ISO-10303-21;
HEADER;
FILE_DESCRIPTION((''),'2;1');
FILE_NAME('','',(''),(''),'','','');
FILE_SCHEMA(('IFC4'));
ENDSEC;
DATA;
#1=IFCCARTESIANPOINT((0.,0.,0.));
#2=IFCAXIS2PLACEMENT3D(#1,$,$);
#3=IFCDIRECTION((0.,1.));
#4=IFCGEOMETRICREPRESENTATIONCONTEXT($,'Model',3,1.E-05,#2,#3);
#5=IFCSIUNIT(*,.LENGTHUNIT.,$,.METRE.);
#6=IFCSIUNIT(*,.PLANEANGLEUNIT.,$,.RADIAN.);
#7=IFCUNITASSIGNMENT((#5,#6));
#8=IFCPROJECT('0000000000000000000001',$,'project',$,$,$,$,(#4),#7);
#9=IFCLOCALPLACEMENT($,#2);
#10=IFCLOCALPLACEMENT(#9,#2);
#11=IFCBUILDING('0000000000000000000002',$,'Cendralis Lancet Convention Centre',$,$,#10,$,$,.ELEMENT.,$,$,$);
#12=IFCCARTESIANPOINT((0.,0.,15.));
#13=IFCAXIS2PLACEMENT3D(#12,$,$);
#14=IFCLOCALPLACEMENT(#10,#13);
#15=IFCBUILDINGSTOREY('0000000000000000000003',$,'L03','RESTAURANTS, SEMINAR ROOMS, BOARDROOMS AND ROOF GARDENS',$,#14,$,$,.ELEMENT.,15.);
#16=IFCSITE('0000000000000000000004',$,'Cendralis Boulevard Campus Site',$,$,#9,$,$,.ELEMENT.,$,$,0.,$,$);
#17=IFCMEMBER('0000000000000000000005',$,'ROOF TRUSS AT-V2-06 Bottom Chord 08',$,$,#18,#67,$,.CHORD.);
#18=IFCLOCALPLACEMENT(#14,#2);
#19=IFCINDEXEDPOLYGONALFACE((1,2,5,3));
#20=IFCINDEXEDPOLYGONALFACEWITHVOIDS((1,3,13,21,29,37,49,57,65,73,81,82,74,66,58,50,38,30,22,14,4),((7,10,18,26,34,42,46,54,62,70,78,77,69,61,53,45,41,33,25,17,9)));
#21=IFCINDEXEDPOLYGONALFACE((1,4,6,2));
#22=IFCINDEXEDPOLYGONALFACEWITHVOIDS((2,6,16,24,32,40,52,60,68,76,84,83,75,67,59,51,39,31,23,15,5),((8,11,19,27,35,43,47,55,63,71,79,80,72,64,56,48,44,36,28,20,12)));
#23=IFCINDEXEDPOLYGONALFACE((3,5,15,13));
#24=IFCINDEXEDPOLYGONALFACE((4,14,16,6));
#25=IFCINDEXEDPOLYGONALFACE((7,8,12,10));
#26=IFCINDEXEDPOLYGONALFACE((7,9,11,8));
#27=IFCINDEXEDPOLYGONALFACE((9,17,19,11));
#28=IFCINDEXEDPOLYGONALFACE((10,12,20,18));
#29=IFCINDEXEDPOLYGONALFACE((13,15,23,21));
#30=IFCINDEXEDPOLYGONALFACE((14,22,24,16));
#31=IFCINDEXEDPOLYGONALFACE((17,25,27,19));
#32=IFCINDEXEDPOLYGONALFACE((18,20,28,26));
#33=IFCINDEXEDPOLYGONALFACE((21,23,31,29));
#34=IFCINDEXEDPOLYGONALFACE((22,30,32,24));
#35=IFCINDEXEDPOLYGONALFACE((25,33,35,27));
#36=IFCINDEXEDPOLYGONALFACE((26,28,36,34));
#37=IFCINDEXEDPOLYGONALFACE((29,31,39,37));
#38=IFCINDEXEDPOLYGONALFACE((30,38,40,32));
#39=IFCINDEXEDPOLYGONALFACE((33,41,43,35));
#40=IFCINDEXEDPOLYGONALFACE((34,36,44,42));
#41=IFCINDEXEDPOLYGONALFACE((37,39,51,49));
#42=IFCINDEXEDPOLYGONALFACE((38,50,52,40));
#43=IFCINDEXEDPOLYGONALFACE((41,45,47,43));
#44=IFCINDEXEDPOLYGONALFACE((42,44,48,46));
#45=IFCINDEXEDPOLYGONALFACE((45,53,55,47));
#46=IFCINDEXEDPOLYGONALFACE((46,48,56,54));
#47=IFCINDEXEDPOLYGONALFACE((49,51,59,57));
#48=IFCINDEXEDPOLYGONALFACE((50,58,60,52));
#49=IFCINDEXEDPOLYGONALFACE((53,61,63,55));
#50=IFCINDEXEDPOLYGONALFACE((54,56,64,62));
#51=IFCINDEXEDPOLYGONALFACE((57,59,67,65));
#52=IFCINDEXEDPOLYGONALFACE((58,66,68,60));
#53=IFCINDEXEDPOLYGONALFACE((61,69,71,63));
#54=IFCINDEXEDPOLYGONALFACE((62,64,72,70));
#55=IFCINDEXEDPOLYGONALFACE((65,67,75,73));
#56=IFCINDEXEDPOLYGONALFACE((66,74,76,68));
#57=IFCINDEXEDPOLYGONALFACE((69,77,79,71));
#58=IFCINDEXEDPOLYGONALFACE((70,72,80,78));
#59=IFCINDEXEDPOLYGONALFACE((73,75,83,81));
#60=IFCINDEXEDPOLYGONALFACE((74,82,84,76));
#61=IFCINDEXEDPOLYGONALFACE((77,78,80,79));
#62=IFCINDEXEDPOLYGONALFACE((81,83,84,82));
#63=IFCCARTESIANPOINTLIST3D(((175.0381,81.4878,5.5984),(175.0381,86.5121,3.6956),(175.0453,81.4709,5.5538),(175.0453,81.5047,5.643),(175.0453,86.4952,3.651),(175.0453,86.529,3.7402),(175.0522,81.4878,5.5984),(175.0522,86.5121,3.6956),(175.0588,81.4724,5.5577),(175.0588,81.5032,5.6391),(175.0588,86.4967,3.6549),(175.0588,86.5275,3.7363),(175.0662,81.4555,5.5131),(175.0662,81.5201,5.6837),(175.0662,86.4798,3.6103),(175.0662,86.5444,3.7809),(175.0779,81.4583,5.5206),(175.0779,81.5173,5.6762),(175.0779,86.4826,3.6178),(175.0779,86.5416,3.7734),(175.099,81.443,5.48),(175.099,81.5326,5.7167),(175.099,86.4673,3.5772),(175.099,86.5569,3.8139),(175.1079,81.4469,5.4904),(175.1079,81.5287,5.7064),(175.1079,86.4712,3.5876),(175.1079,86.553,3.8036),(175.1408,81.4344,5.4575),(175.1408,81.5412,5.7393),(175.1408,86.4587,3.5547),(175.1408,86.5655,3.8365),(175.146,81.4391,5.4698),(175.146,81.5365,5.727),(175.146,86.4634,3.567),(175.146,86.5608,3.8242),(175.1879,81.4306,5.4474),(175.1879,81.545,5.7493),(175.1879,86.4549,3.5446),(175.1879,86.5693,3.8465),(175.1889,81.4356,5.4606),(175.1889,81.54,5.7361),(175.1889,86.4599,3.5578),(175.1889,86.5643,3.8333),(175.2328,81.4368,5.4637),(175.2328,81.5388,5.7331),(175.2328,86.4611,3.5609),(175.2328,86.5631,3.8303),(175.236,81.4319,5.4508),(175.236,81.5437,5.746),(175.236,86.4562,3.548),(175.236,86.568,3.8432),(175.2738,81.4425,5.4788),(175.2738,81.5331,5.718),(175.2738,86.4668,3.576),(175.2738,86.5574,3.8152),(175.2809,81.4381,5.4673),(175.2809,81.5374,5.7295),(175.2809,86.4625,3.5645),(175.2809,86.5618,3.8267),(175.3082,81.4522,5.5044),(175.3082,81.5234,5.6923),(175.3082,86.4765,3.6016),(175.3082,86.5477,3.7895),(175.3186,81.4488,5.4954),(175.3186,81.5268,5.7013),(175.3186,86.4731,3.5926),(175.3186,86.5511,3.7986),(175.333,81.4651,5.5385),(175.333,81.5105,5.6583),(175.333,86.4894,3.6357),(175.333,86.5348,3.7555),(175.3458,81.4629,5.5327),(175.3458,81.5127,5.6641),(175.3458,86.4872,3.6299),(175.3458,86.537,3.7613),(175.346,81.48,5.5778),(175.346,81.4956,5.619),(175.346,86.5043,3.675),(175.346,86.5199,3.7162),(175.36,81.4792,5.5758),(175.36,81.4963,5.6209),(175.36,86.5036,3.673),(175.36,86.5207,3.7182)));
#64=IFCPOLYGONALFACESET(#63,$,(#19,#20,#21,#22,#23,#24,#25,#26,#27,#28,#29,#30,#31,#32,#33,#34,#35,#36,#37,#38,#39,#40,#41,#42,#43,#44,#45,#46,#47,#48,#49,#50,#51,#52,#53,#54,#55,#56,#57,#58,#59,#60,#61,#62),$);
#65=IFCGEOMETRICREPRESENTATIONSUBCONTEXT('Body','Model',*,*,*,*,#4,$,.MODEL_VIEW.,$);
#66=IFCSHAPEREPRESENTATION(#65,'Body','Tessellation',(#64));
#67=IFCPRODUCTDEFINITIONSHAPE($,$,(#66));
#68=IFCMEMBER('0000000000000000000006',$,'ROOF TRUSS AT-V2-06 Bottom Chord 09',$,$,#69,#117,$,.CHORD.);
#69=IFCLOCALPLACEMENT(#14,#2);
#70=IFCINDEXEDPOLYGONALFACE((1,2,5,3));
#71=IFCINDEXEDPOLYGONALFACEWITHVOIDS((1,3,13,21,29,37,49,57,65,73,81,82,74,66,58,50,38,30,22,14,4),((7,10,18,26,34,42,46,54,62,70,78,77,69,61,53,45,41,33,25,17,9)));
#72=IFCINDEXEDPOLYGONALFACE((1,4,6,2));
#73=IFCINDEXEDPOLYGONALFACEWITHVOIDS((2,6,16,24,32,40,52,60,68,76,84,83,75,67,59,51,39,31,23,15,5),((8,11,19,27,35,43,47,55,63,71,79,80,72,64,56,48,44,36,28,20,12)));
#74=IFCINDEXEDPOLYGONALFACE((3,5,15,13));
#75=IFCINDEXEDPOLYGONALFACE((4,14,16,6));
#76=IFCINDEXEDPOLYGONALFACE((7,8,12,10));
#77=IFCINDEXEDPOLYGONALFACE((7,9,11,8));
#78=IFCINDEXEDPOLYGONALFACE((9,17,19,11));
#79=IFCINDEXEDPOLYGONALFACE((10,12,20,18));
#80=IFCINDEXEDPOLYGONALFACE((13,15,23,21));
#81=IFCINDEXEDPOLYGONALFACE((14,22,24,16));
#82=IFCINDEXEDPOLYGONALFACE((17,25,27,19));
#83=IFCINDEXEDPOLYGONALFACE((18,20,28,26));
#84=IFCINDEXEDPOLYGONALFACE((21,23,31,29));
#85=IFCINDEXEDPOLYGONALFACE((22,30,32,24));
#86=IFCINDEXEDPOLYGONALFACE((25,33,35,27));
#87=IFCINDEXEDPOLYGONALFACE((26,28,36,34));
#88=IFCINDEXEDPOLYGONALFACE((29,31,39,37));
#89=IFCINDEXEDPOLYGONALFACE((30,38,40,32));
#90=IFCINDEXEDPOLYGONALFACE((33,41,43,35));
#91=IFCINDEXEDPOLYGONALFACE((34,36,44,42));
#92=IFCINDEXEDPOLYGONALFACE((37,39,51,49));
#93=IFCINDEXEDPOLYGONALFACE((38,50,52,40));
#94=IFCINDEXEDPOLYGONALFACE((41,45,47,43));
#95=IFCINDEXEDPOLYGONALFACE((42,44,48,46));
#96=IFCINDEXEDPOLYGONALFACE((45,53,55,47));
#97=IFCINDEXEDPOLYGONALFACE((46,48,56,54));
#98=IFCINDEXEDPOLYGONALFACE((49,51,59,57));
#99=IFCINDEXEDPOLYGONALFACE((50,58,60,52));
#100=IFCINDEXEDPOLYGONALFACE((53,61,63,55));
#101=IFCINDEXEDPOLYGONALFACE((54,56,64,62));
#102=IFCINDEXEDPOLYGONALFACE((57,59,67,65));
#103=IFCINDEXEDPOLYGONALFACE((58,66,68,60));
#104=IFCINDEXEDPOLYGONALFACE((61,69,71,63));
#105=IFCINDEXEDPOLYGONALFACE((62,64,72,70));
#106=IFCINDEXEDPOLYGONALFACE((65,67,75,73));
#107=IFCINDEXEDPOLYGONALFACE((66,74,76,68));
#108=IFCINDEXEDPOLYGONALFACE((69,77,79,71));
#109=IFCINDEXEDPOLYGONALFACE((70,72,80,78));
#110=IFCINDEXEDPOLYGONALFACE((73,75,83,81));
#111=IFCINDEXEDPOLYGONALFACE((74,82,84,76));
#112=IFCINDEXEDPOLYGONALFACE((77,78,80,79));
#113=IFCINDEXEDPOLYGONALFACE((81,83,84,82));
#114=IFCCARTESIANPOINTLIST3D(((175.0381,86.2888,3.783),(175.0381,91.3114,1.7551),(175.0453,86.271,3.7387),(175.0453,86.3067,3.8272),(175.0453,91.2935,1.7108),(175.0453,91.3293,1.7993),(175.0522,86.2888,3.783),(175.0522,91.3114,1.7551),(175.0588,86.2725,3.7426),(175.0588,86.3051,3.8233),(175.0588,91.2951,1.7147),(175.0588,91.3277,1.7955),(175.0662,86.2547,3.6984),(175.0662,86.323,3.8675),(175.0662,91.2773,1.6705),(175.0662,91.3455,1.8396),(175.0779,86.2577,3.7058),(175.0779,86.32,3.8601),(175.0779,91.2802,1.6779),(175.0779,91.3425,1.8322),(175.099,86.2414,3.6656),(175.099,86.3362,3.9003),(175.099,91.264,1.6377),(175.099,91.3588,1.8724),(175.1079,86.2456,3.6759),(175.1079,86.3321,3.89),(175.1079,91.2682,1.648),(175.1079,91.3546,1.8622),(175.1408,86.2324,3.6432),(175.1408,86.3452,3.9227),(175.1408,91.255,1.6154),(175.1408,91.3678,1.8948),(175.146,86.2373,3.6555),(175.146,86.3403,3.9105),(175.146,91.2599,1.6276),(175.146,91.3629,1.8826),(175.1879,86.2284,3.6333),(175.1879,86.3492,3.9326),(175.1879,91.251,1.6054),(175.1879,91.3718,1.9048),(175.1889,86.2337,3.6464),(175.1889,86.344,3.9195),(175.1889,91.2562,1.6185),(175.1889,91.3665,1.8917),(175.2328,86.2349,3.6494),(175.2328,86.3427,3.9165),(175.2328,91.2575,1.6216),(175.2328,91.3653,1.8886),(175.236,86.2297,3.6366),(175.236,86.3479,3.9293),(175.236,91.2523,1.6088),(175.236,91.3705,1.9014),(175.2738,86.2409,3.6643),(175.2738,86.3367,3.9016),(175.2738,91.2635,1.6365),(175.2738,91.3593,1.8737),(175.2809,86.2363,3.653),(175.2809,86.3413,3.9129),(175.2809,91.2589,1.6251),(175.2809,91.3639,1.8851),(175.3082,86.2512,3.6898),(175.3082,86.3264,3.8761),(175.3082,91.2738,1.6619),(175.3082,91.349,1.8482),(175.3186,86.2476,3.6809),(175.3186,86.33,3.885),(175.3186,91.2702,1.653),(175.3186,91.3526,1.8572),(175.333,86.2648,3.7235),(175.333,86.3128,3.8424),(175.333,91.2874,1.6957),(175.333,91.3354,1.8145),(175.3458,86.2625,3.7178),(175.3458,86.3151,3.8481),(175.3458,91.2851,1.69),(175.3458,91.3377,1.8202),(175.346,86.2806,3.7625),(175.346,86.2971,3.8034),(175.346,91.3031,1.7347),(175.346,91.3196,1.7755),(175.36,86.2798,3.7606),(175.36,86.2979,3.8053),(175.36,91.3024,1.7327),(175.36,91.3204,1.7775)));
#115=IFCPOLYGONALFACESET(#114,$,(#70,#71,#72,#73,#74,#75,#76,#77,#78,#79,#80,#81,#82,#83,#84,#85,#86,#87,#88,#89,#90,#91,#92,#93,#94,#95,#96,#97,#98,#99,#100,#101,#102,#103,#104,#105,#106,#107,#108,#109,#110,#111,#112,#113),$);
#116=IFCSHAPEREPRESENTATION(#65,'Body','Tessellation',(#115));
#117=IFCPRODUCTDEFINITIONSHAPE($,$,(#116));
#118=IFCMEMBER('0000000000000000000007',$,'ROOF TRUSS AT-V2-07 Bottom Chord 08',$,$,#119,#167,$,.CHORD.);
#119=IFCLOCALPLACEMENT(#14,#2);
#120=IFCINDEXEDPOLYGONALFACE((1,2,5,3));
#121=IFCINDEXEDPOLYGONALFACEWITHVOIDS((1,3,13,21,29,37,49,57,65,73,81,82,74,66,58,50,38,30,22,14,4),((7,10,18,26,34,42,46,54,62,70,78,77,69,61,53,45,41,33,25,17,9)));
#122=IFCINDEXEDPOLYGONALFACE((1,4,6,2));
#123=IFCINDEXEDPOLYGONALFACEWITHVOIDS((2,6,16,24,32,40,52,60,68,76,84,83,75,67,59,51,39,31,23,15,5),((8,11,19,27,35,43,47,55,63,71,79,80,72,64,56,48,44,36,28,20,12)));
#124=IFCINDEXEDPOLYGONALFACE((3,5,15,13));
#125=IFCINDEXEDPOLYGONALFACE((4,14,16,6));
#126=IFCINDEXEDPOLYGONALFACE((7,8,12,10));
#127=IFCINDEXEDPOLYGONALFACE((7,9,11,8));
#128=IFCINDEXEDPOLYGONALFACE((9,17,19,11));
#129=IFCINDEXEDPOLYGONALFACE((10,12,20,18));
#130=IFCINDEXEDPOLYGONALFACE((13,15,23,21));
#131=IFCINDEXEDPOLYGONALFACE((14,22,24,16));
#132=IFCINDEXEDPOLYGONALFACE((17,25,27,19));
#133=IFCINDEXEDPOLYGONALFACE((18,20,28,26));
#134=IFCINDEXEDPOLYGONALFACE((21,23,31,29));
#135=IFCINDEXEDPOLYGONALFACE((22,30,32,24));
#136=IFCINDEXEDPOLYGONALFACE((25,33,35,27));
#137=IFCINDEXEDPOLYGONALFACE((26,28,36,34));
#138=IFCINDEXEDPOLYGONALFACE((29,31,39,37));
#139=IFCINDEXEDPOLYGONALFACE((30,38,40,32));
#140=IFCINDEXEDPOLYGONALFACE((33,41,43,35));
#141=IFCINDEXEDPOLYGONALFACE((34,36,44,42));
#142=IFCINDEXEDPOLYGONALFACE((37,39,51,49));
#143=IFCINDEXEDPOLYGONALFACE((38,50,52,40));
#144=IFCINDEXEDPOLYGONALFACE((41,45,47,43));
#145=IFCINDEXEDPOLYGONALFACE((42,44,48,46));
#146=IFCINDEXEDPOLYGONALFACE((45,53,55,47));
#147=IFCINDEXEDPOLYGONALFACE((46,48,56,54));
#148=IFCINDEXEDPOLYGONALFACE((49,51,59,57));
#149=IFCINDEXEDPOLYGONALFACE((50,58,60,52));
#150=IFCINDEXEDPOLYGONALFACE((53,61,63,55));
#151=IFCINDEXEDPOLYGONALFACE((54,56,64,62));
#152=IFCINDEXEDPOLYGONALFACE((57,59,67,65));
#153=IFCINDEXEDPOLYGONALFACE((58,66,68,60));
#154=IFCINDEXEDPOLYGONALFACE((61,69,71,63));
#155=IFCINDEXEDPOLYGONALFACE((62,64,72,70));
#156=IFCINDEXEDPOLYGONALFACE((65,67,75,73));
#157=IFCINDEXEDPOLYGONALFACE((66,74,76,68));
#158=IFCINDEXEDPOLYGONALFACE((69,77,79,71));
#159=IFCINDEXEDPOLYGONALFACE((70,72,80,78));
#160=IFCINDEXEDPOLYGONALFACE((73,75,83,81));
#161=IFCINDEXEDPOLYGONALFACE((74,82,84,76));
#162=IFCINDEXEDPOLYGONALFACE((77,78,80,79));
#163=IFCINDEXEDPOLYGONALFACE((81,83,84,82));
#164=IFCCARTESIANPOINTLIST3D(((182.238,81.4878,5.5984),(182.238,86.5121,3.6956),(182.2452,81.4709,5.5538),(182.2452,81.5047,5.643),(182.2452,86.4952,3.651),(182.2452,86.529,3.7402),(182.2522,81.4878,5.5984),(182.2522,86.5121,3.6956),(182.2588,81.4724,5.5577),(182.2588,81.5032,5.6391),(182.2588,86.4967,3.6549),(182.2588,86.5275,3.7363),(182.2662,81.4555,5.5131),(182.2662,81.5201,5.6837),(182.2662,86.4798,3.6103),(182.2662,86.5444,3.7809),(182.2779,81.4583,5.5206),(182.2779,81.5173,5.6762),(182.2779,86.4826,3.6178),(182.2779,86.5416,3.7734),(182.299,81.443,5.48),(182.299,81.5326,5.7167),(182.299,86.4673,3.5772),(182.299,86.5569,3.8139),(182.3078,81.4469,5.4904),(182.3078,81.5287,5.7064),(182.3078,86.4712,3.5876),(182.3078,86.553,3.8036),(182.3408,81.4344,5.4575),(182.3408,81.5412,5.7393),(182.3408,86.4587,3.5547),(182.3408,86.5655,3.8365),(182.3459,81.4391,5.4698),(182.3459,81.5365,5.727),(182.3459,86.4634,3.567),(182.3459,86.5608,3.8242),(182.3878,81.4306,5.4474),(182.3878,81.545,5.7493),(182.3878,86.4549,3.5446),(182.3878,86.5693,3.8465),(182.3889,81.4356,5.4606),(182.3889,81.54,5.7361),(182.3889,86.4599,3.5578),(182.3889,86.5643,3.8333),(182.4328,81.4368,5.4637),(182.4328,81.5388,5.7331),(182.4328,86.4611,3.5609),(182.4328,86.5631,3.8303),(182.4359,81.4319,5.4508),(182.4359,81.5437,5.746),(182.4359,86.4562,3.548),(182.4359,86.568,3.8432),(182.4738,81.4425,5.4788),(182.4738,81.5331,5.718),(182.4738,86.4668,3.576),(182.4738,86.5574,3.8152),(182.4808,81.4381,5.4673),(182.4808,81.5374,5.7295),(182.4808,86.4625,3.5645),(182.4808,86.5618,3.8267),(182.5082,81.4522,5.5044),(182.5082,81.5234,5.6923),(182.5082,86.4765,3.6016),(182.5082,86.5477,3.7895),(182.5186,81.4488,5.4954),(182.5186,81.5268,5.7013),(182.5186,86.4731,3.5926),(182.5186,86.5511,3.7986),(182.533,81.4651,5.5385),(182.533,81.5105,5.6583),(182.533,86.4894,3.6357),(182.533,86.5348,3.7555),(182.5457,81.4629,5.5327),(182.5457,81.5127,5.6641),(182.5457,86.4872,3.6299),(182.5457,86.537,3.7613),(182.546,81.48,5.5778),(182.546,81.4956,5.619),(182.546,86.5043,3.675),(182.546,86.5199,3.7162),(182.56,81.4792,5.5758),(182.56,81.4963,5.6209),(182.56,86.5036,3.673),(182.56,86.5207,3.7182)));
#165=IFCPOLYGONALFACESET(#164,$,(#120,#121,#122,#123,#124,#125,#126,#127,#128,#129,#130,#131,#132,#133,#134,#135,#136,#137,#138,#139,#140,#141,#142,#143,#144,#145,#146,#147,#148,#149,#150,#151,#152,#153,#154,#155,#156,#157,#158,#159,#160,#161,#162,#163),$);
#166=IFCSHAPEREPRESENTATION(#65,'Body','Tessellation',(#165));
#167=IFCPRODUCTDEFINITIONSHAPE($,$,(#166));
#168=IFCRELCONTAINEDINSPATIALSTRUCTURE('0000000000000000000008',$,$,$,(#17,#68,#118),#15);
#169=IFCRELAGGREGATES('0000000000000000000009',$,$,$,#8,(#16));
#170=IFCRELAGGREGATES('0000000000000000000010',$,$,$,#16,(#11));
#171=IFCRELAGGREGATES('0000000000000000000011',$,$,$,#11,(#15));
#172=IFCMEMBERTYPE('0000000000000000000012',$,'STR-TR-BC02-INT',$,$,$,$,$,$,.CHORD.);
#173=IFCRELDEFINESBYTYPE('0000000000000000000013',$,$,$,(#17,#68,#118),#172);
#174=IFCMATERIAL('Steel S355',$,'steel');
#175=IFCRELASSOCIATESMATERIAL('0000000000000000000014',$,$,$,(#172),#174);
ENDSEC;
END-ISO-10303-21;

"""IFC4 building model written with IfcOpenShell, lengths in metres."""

from ifc_helpers import new_model, si_unit, direction, frame, origin, origin_2d, place, context, subcontext, project, spatial, hollow_circle, extrude, material, material_profile, profile_set, type_object, element, save


model = new_model("IFC4")

# Units and contexts
model_context = context("Model", 3, precision=1e-05, world=origin(), true_north=direction((0.0, 1.0)))
body_context = subcontext(model_context, "Body", "Model", "MODEL_VIEW")
ifc_project = project(units=[si_unit("LENGTHUNIT", "METRE"), si_unit("PLANEANGLEUNIT", "RADIAN")], contexts=[model_context])

# Site, building, storey
site_placement = place(None, origin())
site = spatial("IfcSite", under=ifc_project, at=site_placement, Name="Cendralis Boulevard Campus Site", CompositionType="ELEMENT", RefElevation=0.0)
building_placement = place(site_placement, origin())
building = spatial("IfcBuilding", under=site, at=building_placement, Name="Cendralis Lancet Convention Centre", CompositionType="ELEMENT")
storey_placement = place(building_placement, frame((0.0, 0.0, 15.0)))
storey = spatial("IfcBuildingStorey", under=building, at=storey_placement, Name="L03", Description="RESTAURANTS, SEMINAR ROOMS, BOARDROOMS AND ROOF GARDENS", CompositionType="ELEMENT", Elevation=15.0)

# Members
ifc_material_1 = material(Name="Steel S355", Category="steel")
ifc_material_profile_1 = material_profile(ifc_material_1, hollow_circle(Radius=0.1619, WallThickness=0.0142, at=origin_2d()), Name="CHS 323.9x14.2")
ifc_profile_set_1 = profile_set([ifc_material_profile_1], Name="Steel S355")
member_type_1 = type_object("IfcMemberType", Name="STR-TR-BC02-INT", PredefinedType="CHORD", material=ifc_profile_set_1)
member_1_placement = place(storey_placement, frame((175.2, 81.4878, 5.5984), z_axis=(0.0, 0.935181, -0.354169), x_axis=(-1.0, 0.0, 0.0)))
element("IfcMember", 1, at=member_1_placement, inside=storey, type_object=member_type_1, Name="ROOF TRUSS AT-V2-06 Bottom Chord 08", PredefinedType="CHORD", context=body_context, shape_type="SweptSolid", body=[
    extrude(hollow_circle(Radius=0.1619, WallThickness=0.0142, at=origin_2d()), origin(), (0.0, 0.0, 1.0), 5.3726),
])
member_2_placement = place(storey_placement, frame((175.2, 86.2888, 3.783), z_axis=(0.0, 0.927272, -0.374389), x_axis=(-1.0, 0.0, 0.0)))
element("IfcMember", 2, at=member_2_placement, inside=storey, type_object=member_type_1, Name="ROOF TRUSS AT-V2-06 Bottom Chord 09", PredefinedType="CHORD", context=body_context, shape_type="SweptSolid", body=[
    extrude(hollow_circle(Radius=0.1619, WallThickness=0.0142, at=origin_2d()), origin(), (0.0, 0.0, 1.0), 5.4165),
])
member_3_placement = place(storey_placement, frame((182.3999, 81.4878, 5.5984), z_axis=(0.0, 0.935181, -0.354169), x_axis=(-1.0, 0.0, 0.0)))
element("IfcMember", 3, at=member_3_placement, inside=storey, type_object=member_type_1, Name="ROOF TRUSS AT-V2-07 Bottom Chord 08", PredefinedType="CHORD", context=body_context, shape_type="SweptSolid", body=[
    extrude(hollow_circle(Radius=0.1619, WallThickness=0.0142, at=origin_2d()), origin(), (0.0, 0.0, 1.0), 5.3726),
])

save(model, "model.ifc")
